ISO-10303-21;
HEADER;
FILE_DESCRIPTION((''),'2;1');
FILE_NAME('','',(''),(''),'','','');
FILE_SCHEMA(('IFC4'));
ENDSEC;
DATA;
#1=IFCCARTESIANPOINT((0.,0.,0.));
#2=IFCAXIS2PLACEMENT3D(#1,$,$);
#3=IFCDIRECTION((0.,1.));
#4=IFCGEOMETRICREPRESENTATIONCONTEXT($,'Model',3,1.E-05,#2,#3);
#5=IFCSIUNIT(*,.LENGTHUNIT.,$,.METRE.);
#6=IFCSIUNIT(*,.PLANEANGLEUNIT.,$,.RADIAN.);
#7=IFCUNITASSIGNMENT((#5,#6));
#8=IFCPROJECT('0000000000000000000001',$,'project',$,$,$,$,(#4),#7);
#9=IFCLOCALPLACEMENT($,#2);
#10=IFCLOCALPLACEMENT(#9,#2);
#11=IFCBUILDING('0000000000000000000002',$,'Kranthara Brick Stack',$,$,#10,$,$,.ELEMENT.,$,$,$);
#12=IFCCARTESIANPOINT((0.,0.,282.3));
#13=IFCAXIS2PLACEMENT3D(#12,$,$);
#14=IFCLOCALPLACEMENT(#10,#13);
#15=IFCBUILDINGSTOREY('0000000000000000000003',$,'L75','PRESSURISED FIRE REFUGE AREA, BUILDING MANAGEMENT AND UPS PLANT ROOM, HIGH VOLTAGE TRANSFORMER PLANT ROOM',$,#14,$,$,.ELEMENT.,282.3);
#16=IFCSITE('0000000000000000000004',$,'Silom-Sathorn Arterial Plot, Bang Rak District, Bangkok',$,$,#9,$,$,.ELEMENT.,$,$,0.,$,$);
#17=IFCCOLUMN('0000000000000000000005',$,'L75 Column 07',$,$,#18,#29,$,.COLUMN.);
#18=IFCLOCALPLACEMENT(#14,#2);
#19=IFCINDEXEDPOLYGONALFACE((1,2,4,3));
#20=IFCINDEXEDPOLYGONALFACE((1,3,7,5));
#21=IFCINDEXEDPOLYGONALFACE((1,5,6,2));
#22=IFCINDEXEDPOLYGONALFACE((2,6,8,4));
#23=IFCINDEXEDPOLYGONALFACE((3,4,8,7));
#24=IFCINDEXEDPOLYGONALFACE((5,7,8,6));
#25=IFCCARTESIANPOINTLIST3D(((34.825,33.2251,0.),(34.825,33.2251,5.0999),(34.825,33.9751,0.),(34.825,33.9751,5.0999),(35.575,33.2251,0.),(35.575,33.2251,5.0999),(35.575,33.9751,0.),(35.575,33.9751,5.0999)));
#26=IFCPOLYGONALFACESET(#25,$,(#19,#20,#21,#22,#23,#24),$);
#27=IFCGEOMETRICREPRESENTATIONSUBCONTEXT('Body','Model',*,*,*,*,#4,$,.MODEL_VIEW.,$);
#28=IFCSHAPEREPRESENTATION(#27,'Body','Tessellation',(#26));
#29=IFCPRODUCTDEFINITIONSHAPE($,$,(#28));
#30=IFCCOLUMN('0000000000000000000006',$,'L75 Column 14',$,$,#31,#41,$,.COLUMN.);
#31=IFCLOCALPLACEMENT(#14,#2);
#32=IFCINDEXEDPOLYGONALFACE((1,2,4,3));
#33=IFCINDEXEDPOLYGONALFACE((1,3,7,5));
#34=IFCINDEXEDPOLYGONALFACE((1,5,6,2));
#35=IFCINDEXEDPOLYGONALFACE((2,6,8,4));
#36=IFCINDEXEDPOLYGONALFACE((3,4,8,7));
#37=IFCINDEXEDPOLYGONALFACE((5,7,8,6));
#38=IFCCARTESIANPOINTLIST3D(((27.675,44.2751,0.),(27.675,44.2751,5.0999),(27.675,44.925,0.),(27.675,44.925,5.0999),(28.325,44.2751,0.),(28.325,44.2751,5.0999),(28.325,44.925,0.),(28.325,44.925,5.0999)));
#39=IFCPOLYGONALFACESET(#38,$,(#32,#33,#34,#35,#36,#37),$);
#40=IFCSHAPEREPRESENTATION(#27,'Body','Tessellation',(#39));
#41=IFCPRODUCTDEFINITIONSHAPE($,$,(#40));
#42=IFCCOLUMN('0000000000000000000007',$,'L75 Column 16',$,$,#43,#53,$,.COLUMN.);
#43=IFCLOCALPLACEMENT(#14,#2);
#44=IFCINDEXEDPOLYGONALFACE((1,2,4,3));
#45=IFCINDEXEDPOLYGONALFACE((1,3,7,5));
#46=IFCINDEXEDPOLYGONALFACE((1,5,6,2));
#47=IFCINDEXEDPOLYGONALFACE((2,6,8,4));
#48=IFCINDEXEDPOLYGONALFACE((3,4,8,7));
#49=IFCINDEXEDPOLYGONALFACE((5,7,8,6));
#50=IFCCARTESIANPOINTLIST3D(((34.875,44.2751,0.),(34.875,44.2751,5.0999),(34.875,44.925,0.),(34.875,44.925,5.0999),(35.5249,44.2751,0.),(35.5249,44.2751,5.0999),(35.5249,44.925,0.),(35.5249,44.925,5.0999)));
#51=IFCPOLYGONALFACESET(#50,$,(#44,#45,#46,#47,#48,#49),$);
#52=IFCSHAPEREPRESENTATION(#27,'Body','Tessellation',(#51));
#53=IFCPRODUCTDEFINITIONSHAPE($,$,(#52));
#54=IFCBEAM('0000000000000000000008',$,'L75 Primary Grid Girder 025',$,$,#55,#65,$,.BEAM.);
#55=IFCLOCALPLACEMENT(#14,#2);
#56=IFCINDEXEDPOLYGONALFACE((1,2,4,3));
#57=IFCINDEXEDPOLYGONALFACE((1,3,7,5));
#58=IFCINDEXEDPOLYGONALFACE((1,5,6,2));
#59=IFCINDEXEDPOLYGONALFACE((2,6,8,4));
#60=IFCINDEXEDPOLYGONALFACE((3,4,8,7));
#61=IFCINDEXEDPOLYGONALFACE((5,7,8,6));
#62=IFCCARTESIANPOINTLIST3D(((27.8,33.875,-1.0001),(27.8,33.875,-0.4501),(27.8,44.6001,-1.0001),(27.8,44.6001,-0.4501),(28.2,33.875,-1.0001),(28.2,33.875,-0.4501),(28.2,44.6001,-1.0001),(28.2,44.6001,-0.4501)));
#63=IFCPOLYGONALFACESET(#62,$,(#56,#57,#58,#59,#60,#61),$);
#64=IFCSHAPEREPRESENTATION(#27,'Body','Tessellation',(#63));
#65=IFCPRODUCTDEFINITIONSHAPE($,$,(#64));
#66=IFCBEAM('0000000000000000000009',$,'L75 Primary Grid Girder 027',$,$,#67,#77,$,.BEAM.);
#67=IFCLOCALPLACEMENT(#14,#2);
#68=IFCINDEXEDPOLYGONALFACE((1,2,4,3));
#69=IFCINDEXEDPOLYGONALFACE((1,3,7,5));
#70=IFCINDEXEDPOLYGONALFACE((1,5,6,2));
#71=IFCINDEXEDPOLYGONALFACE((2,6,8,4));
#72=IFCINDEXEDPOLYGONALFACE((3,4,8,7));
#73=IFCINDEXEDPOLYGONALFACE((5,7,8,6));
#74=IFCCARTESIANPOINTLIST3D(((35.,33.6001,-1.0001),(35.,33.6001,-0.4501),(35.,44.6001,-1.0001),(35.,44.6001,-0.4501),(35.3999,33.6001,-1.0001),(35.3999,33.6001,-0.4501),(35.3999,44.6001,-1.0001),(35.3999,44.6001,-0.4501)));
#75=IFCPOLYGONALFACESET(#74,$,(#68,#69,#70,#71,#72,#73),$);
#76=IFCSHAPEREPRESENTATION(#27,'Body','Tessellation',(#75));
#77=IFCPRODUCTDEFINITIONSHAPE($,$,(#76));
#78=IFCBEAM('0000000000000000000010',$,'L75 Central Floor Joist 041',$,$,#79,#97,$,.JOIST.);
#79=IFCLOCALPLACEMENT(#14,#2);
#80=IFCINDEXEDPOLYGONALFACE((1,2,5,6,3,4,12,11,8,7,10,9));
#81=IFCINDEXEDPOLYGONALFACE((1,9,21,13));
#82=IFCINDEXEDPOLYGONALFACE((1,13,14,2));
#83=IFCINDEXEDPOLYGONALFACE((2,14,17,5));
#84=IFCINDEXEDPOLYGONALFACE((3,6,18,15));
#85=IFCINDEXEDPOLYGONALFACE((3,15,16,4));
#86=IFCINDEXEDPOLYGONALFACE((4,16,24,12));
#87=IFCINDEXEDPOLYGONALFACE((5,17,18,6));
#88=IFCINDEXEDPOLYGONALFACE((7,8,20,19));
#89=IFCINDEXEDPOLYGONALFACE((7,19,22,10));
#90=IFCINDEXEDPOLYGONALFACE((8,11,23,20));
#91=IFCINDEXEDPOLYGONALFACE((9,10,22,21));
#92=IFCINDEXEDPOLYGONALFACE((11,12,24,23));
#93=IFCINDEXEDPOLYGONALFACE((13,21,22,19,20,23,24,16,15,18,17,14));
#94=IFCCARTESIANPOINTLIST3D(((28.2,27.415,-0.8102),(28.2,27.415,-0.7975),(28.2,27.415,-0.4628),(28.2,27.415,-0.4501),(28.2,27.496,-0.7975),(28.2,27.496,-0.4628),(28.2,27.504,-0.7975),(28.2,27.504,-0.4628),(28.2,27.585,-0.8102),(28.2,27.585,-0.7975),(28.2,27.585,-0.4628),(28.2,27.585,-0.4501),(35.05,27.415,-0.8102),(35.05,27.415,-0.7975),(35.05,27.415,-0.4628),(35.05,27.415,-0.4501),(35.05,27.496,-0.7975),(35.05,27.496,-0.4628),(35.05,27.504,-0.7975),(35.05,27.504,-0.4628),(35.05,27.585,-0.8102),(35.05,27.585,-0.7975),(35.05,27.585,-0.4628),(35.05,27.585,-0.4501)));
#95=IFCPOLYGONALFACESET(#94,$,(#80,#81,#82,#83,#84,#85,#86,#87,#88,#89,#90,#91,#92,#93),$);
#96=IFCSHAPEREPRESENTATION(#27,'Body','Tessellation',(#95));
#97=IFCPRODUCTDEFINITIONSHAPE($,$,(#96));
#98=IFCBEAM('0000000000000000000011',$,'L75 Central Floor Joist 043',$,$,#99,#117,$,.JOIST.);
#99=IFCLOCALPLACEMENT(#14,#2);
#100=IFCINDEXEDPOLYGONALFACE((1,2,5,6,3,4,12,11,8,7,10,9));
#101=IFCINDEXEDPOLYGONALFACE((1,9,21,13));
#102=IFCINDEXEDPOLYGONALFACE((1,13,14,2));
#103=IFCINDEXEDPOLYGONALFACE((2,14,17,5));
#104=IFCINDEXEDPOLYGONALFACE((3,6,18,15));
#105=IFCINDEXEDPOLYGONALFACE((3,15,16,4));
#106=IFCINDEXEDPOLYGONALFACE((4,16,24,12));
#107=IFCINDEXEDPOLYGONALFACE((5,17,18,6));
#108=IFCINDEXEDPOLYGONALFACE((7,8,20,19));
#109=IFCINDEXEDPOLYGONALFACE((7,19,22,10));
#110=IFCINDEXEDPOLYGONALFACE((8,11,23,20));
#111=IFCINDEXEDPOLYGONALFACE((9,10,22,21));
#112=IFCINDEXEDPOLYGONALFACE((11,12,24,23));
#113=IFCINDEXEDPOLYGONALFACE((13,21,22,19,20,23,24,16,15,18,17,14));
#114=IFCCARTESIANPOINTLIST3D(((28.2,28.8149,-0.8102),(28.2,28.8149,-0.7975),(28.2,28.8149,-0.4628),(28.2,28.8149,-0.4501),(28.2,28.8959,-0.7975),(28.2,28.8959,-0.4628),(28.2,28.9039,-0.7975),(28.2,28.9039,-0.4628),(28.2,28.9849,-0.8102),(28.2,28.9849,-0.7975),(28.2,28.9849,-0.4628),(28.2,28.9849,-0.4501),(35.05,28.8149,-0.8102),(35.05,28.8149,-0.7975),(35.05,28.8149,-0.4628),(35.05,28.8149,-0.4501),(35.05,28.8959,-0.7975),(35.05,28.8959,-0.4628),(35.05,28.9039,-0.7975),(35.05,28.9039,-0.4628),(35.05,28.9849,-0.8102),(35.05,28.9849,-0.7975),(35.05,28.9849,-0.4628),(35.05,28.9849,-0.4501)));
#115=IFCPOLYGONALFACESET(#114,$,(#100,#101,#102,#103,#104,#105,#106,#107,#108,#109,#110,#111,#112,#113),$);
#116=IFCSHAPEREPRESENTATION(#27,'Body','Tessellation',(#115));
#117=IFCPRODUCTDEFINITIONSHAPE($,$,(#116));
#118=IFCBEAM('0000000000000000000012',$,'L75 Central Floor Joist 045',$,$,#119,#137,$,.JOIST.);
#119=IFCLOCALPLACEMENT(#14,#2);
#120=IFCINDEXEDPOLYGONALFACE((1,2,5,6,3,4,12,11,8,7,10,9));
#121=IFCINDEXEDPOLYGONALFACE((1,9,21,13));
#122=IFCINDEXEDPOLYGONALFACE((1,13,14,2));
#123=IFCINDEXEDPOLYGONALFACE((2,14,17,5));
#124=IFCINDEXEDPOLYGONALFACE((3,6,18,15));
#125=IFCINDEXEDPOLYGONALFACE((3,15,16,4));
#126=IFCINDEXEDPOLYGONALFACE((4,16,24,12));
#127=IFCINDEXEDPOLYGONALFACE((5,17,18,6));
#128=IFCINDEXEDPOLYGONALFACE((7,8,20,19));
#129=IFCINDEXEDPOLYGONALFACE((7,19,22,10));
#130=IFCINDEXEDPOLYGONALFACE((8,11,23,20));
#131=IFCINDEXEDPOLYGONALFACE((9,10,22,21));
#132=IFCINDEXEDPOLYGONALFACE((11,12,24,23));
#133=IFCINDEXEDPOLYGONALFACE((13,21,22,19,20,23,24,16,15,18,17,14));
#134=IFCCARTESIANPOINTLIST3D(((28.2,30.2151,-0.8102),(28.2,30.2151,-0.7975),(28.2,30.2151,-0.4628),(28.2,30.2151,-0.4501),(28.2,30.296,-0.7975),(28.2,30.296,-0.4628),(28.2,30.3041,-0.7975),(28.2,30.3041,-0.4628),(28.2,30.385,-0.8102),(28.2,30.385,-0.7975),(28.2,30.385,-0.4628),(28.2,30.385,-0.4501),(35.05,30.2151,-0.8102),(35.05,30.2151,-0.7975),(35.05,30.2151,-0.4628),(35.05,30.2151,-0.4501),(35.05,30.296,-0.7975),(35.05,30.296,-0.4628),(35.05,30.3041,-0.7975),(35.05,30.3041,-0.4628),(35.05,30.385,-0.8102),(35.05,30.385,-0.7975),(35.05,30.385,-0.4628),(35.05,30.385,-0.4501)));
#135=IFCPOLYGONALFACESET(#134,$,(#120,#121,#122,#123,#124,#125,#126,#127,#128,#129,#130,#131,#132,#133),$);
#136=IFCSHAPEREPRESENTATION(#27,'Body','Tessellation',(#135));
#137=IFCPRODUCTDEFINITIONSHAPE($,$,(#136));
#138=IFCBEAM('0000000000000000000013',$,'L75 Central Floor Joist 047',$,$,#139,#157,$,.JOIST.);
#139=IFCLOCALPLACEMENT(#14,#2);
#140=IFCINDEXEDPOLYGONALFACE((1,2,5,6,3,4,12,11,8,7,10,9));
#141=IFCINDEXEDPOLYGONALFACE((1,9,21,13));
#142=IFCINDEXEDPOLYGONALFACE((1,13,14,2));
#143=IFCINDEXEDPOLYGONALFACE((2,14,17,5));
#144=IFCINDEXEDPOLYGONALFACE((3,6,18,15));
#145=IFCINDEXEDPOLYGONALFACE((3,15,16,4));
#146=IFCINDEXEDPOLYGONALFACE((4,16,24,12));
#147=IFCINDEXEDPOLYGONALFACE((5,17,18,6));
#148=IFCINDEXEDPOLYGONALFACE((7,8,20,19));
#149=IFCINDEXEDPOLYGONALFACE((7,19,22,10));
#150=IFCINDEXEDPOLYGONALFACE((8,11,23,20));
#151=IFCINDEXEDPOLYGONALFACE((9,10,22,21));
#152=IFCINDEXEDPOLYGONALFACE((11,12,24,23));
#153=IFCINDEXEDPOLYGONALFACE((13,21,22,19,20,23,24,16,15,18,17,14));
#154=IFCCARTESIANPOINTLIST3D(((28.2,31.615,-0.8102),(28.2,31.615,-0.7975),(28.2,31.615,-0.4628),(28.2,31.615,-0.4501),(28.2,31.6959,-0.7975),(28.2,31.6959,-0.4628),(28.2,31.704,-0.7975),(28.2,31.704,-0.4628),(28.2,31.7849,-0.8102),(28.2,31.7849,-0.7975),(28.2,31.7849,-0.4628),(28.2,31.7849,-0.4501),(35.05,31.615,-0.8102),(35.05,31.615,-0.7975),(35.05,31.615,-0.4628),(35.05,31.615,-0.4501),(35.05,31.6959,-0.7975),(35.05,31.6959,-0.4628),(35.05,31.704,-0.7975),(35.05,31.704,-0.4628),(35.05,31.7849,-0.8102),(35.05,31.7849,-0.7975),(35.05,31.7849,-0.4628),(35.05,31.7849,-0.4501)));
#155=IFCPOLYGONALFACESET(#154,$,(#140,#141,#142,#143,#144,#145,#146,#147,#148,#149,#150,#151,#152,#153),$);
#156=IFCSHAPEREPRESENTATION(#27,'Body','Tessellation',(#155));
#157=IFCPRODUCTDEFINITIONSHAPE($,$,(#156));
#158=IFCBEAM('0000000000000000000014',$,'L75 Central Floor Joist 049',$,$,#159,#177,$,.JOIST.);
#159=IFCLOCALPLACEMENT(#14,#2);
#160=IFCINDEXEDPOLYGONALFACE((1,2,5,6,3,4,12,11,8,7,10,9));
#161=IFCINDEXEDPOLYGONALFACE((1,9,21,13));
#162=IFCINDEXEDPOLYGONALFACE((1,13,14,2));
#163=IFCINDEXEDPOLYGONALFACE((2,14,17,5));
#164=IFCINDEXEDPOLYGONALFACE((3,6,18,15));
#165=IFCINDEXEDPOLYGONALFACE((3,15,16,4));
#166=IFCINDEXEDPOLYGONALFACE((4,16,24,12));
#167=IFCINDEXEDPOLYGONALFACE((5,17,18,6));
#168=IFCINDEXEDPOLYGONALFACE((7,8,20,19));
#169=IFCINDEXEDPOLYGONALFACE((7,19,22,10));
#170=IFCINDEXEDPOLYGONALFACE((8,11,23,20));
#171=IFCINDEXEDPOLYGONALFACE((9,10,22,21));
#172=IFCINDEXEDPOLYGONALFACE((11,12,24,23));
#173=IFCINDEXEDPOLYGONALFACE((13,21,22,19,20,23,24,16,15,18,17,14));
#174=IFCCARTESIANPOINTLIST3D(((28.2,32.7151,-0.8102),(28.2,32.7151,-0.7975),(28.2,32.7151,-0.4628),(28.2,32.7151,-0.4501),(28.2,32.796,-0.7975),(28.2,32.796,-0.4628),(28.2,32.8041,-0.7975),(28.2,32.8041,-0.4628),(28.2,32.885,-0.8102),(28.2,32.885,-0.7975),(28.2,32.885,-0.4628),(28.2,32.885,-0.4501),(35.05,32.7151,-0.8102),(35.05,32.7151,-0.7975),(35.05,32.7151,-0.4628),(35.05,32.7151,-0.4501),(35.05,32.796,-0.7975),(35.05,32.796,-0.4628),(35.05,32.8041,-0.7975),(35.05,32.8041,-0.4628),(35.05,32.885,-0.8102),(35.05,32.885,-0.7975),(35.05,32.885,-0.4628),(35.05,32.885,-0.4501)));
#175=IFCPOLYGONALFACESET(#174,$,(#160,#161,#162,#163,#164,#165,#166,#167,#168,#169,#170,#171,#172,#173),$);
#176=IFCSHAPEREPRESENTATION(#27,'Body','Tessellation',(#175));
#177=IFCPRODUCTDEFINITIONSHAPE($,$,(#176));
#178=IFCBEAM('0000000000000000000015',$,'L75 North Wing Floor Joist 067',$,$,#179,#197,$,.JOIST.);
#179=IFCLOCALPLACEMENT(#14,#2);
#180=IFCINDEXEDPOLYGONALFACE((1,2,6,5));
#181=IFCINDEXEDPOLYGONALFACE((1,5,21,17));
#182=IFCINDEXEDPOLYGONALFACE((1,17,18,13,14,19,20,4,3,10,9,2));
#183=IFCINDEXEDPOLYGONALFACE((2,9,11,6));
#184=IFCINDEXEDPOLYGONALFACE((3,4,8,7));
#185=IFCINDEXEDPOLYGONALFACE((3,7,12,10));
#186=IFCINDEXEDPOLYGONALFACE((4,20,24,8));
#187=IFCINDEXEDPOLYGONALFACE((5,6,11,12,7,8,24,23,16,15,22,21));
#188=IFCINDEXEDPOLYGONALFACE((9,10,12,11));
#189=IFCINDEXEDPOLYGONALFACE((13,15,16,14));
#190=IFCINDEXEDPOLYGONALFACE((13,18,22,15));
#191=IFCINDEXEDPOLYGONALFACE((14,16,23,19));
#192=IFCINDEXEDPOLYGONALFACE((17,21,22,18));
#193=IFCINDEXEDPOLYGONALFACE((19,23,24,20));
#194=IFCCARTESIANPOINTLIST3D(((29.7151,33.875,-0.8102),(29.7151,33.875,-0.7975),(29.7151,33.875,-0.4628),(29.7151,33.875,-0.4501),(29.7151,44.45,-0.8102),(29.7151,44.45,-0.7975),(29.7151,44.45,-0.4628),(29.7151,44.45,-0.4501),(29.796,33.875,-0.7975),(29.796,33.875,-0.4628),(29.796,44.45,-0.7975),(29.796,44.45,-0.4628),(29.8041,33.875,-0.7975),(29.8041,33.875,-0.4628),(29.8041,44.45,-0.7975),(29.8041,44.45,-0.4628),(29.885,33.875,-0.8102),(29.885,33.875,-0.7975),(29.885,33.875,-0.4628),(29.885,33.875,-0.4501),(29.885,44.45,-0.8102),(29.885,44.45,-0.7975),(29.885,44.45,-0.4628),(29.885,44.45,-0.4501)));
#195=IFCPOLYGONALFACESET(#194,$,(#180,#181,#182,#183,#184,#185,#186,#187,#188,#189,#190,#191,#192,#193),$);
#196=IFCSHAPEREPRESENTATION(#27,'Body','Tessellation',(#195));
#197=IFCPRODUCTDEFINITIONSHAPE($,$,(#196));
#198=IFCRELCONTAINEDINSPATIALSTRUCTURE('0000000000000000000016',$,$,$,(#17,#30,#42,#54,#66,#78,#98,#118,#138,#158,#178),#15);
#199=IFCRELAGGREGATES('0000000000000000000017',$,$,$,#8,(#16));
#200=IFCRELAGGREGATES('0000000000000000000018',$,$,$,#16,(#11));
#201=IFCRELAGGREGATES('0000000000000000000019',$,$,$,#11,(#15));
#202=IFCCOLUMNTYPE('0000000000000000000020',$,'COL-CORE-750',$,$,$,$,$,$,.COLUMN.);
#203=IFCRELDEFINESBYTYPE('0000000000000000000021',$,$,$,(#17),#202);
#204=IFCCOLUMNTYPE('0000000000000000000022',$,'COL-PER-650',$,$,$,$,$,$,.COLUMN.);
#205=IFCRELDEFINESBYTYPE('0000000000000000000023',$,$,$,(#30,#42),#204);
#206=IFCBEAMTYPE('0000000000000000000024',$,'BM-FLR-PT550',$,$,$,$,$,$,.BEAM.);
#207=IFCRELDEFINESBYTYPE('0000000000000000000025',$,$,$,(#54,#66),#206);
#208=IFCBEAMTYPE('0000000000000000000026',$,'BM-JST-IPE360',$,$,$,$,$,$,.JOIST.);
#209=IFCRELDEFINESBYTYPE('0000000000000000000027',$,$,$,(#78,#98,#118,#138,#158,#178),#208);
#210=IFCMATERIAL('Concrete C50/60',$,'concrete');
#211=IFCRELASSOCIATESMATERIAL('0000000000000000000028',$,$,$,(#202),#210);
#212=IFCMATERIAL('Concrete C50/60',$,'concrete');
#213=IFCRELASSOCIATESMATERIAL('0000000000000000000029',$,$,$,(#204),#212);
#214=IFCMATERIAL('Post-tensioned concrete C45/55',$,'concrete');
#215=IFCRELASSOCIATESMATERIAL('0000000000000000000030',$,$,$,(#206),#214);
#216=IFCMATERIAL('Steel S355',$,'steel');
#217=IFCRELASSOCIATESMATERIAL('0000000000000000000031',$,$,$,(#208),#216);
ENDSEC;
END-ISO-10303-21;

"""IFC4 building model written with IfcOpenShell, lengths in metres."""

from ifc_helpers import new_model, si_unit, direction, frame, origin, origin_2d, place, context, subcontext, project, spatial, rectangle, i_section, extrude, material, material_profile, profile_set, type_object, element, save


model = new_model("IFC4")

# Units and contexts
model_context = context("Model", 3, precision=1e-05, world=origin(), true_north=direction((0.0, 1.0)))
body_context = subcontext(model_context, "Body", "Model", "MODEL_VIEW")
ifc_project = project(units=[si_unit("LENGTHUNIT", "METRE"), si_unit("PLANEANGLEUNIT", "RADIAN")], contexts=[model_context])

# Site, building, storey
site_placement = place(None, origin())
site = spatial("IfcSite", under=ifc_project, at=site_placement, Name="Silom-Sathorn Arterial Plot, Bang Rak District, Bangkok", CompositionType="ELEMENT", RefElevation=0.0)
building_placement = place(site_placement, origin())
building = spatial("IfcBuilding", under=site, at=building_placement, Name="Kranthara Brick Stack", CompositionType="ELEMENT")
storey_placement = place(building_placement, frame((0.0, 0.0, 282.3)))
storey = spatial("IfcBuildingStorey", under=building, at=storey_placement, Name="L75", Description="PRESSURISED FIRE REFUGE AREA, BUILDING MANAGEMENT AND UPS PLANT ROOM, HIGH VOLTAGE TRANSFORMER PLANT ROOM", CompositionType="ELEMENT", Elevation=282.3)

# Columns
ifc_material_1 = material(Name="Concrete C50/60", Category="concrete")
ifc_material_profile_1 = material_profile(ifc_material_1, rectangle(XDim=0.75, YDim=0.75, at=origin_2d()), Name="RC 750x750")
ifc_profile_set_1 = profile_set([ifc_material_profile_1], Name="Concrete C50/60")
column_type_1 = type_object("IfcColumnType", Name="COL-CORE-750", PredefinedType="COLUMN", material=ifc_profile_set_1)
column_placement = place(storey_placement, frame((35.2, 33.6001, 0.0), z_axis=(0.0, 0.0, 1.0), x_axis=(1.0, 0.0, 0.0)))
element("IfcColumn", 1, at=column_placement, inside=storey, type_object=column_type_1, Name="L75 Column 07", PredefinedType="COLUMN", context=body_context, shape_type="SweptSolid", body=[
    extrude(rectangle(XDim=0.75, YDim=0.75, at=origin_2d()), origin(), (0.0, 0.0, 1.0), 5.0999),
])
ifc_material_2 = material(Name="Concrete C50/60", Category="concrete")
ifc_material_profile_2 = material_profile(ifc_material_2, rectangle(XDim=0.6499, YDim=0.6499, at=origin_2d()), Name="RC 650x650")
ifc_profile_set_2 = profile_set([ifc_material_profile_2], Name="Concrete C50/60")
column_type_2 = type_object("IfcColumnType", Name="COL-PER-650", PredefinedType="COLUMN", material=ifc_profile_set_2)
for number, where, z_axis, x_axis, name in (
    (2, (28.0, 44.6001, 0.0), (0.0, 0.0, 1.0), (1.0, 0.0, 0.0), "L75 Column 14"),
    (3, (35.2, 44.6001, 0.0), (0.0, 0.0, 1.0), (1.0, 0.0, 0.0), "L75 Column 16"),
):
    element("IfcColumn", number, at=place(storey_placement, frame(where, z_axis=z_axis, x_axis=x_axis)), inside=storey, type_object=column_type_2, Name=name, PredefinedType="COLUMN", context=body_context, shape_type="SweptSolid", body=[
        extrude(rectangle(XDim=0.6499, YDim=0.6499, at=origin_2d()), origin(), (0.0, 0.0, 1.0), 5.0999),
    ])

# Beams
ifc_material_3 = material(Name="Post-tensioned concrete C45/55", Category="concrete")
ifc_material_profile_3 = material_profile(ifc_material_3, rectangle(XDim=0.3999, YDim=0.55, at=origin_2d()), Name="PT 400x550")
ifc_profile_set_3 = profile_set([ifc_material_profile_3], Name="Post-tensioned concrete C45/55")
beam_type_1 = type_object("IfcBeamType", Name="BM-FLR-PT550", PredefinedType="BEAM", material=ifc_profile_set_3)
beam_1_placement = place(storey_placement, frame((28.0, 33.875, -0.7251), z_axis=(0.0, 1.0, 0.0), x_axis=(-1.0, 0.0, 0.0)))
element("IfcBeam", 4, at=beam_1_placement, inside=storey, type_object=beam_type_1, Name="L75 Primary Grid Girder 025", PredefinedType="BEAM", context=body_context, shape_type="SweptSolid", body=[
    extrude(rectangle(XDim=0.3999, YDim=0.55, at=origin_2d()), origin(), (0.0, 0.0, 1.0), 10.7251),
])
beam_2_placement = place(storey_placement, frame((35.2, 33.6001, -0.7251), z_axis=(0.0, 1.0, 0.0), x_axis=(-1.0, 0.0, 0.0)))
element("IfcBeam", 5, at=beam_2_placement, inside=storey, type_object=beam_type_1, Name="L75 Primary Grid Girder 027", PredefinedType="BEAM", context=body_context, shape_type="SweptSolid", body=[
    extrude(rectangle(XDim=0.3999, YDim=0.55, at=origin_2d()), origin(), (0.0, 0.0, 1.0), 11.0),
])
ifc_material_4 = material(Name="Steel S355", Category="steel")
ifc_material_profile_4 = material_profile(ifc_material_4, i_section(OverallWidth=0.1699, OverallDepth=0.3601, WebThickness=0.0081, FlangeThickness=0.0127, at=origin_2d()), Name="IPE 360")
ifc_profile_set_4 = profile_set([ifc_material_profile_4], Name="Steel S355")
beam_type_2 = type_object("IfcBeamType", Name="BM-JST-IPE360", PredefinedType="JOIST", material=ifc_profile_set_4)
for number, where, z_axis, x_axis, name in (
    (6, (28.2, 27.5, -0.6301), (1.0, 0.0, 0.0), (0.0, 1.0, 0.0), "L75 Central Floor Joist 041"),
    (7, (28.2, 28.8999, -0.6301), (1.0, 0.0, 0.0), (0.0, 1.0, 0.0), "L75 Central Floor Joist 043"),
    (8, (28.2, 30.3, -0.6301), (1.0, 0.0, 0.0), (0.0, 1.0, 0.0), "L75 Central Floor Joist 045"),
    (9, (28.2, 31.7, -0.6301), (1.0, 0.0, 0.0), (0.0, 1.0, 0.0), "L75 Central Floor Joist 047"),
    (10, (28.2, 32.8, -0.6301), (1.0, 0.0, 0.0), (0.0, 1.0, 0.0), "L75 Central Floor Joist 049"),
):
    element("IfcBeam", number, at=place(storey_placement, frame(where, z_axis=z_axis, x_axis=x_axis)), inside=storey, type_object=beam_type_2, Name=name, PredefinedType="JOIST", context=body_context, shape_type="SweptSolid", body=[
        extrude(i_section(OverallWidth=0.1699, OverallDepth=0.3601, WebThickness=0.0081, FlangeThickness=0.0127, at=origin_2d()), origin(), (0.0, 0.0, 1.0), 6.8501),
    ])
for number, where, z_axis, x_axis, name in (
    (11, (29.8, 33.875, -0.6301), (0.0, 1.0, 0.0), (-1.0, 0.0, 0.0), "L75 North Wing Floor Joist 067"),
):
    element("IfcBeam", number, at=place(storey_placement, frame(where, z_axis=z_axis, x_axis=x_axis)), inside=storey, type_object=beam_type_2, Name=name, PredefinedType="JOIST", context=body_context, shape_type="SweptSolid", body=[
        extrude(i_section(OverallWidth=0.1699, OverallDepth=0.3601, WebThickness=0.0081, FlangeThickness=0.0127, at=origin_2d()), origin(), (0.0, 0.0, 1.0), 10.575),
    ])

save(model, "model.ifc")
